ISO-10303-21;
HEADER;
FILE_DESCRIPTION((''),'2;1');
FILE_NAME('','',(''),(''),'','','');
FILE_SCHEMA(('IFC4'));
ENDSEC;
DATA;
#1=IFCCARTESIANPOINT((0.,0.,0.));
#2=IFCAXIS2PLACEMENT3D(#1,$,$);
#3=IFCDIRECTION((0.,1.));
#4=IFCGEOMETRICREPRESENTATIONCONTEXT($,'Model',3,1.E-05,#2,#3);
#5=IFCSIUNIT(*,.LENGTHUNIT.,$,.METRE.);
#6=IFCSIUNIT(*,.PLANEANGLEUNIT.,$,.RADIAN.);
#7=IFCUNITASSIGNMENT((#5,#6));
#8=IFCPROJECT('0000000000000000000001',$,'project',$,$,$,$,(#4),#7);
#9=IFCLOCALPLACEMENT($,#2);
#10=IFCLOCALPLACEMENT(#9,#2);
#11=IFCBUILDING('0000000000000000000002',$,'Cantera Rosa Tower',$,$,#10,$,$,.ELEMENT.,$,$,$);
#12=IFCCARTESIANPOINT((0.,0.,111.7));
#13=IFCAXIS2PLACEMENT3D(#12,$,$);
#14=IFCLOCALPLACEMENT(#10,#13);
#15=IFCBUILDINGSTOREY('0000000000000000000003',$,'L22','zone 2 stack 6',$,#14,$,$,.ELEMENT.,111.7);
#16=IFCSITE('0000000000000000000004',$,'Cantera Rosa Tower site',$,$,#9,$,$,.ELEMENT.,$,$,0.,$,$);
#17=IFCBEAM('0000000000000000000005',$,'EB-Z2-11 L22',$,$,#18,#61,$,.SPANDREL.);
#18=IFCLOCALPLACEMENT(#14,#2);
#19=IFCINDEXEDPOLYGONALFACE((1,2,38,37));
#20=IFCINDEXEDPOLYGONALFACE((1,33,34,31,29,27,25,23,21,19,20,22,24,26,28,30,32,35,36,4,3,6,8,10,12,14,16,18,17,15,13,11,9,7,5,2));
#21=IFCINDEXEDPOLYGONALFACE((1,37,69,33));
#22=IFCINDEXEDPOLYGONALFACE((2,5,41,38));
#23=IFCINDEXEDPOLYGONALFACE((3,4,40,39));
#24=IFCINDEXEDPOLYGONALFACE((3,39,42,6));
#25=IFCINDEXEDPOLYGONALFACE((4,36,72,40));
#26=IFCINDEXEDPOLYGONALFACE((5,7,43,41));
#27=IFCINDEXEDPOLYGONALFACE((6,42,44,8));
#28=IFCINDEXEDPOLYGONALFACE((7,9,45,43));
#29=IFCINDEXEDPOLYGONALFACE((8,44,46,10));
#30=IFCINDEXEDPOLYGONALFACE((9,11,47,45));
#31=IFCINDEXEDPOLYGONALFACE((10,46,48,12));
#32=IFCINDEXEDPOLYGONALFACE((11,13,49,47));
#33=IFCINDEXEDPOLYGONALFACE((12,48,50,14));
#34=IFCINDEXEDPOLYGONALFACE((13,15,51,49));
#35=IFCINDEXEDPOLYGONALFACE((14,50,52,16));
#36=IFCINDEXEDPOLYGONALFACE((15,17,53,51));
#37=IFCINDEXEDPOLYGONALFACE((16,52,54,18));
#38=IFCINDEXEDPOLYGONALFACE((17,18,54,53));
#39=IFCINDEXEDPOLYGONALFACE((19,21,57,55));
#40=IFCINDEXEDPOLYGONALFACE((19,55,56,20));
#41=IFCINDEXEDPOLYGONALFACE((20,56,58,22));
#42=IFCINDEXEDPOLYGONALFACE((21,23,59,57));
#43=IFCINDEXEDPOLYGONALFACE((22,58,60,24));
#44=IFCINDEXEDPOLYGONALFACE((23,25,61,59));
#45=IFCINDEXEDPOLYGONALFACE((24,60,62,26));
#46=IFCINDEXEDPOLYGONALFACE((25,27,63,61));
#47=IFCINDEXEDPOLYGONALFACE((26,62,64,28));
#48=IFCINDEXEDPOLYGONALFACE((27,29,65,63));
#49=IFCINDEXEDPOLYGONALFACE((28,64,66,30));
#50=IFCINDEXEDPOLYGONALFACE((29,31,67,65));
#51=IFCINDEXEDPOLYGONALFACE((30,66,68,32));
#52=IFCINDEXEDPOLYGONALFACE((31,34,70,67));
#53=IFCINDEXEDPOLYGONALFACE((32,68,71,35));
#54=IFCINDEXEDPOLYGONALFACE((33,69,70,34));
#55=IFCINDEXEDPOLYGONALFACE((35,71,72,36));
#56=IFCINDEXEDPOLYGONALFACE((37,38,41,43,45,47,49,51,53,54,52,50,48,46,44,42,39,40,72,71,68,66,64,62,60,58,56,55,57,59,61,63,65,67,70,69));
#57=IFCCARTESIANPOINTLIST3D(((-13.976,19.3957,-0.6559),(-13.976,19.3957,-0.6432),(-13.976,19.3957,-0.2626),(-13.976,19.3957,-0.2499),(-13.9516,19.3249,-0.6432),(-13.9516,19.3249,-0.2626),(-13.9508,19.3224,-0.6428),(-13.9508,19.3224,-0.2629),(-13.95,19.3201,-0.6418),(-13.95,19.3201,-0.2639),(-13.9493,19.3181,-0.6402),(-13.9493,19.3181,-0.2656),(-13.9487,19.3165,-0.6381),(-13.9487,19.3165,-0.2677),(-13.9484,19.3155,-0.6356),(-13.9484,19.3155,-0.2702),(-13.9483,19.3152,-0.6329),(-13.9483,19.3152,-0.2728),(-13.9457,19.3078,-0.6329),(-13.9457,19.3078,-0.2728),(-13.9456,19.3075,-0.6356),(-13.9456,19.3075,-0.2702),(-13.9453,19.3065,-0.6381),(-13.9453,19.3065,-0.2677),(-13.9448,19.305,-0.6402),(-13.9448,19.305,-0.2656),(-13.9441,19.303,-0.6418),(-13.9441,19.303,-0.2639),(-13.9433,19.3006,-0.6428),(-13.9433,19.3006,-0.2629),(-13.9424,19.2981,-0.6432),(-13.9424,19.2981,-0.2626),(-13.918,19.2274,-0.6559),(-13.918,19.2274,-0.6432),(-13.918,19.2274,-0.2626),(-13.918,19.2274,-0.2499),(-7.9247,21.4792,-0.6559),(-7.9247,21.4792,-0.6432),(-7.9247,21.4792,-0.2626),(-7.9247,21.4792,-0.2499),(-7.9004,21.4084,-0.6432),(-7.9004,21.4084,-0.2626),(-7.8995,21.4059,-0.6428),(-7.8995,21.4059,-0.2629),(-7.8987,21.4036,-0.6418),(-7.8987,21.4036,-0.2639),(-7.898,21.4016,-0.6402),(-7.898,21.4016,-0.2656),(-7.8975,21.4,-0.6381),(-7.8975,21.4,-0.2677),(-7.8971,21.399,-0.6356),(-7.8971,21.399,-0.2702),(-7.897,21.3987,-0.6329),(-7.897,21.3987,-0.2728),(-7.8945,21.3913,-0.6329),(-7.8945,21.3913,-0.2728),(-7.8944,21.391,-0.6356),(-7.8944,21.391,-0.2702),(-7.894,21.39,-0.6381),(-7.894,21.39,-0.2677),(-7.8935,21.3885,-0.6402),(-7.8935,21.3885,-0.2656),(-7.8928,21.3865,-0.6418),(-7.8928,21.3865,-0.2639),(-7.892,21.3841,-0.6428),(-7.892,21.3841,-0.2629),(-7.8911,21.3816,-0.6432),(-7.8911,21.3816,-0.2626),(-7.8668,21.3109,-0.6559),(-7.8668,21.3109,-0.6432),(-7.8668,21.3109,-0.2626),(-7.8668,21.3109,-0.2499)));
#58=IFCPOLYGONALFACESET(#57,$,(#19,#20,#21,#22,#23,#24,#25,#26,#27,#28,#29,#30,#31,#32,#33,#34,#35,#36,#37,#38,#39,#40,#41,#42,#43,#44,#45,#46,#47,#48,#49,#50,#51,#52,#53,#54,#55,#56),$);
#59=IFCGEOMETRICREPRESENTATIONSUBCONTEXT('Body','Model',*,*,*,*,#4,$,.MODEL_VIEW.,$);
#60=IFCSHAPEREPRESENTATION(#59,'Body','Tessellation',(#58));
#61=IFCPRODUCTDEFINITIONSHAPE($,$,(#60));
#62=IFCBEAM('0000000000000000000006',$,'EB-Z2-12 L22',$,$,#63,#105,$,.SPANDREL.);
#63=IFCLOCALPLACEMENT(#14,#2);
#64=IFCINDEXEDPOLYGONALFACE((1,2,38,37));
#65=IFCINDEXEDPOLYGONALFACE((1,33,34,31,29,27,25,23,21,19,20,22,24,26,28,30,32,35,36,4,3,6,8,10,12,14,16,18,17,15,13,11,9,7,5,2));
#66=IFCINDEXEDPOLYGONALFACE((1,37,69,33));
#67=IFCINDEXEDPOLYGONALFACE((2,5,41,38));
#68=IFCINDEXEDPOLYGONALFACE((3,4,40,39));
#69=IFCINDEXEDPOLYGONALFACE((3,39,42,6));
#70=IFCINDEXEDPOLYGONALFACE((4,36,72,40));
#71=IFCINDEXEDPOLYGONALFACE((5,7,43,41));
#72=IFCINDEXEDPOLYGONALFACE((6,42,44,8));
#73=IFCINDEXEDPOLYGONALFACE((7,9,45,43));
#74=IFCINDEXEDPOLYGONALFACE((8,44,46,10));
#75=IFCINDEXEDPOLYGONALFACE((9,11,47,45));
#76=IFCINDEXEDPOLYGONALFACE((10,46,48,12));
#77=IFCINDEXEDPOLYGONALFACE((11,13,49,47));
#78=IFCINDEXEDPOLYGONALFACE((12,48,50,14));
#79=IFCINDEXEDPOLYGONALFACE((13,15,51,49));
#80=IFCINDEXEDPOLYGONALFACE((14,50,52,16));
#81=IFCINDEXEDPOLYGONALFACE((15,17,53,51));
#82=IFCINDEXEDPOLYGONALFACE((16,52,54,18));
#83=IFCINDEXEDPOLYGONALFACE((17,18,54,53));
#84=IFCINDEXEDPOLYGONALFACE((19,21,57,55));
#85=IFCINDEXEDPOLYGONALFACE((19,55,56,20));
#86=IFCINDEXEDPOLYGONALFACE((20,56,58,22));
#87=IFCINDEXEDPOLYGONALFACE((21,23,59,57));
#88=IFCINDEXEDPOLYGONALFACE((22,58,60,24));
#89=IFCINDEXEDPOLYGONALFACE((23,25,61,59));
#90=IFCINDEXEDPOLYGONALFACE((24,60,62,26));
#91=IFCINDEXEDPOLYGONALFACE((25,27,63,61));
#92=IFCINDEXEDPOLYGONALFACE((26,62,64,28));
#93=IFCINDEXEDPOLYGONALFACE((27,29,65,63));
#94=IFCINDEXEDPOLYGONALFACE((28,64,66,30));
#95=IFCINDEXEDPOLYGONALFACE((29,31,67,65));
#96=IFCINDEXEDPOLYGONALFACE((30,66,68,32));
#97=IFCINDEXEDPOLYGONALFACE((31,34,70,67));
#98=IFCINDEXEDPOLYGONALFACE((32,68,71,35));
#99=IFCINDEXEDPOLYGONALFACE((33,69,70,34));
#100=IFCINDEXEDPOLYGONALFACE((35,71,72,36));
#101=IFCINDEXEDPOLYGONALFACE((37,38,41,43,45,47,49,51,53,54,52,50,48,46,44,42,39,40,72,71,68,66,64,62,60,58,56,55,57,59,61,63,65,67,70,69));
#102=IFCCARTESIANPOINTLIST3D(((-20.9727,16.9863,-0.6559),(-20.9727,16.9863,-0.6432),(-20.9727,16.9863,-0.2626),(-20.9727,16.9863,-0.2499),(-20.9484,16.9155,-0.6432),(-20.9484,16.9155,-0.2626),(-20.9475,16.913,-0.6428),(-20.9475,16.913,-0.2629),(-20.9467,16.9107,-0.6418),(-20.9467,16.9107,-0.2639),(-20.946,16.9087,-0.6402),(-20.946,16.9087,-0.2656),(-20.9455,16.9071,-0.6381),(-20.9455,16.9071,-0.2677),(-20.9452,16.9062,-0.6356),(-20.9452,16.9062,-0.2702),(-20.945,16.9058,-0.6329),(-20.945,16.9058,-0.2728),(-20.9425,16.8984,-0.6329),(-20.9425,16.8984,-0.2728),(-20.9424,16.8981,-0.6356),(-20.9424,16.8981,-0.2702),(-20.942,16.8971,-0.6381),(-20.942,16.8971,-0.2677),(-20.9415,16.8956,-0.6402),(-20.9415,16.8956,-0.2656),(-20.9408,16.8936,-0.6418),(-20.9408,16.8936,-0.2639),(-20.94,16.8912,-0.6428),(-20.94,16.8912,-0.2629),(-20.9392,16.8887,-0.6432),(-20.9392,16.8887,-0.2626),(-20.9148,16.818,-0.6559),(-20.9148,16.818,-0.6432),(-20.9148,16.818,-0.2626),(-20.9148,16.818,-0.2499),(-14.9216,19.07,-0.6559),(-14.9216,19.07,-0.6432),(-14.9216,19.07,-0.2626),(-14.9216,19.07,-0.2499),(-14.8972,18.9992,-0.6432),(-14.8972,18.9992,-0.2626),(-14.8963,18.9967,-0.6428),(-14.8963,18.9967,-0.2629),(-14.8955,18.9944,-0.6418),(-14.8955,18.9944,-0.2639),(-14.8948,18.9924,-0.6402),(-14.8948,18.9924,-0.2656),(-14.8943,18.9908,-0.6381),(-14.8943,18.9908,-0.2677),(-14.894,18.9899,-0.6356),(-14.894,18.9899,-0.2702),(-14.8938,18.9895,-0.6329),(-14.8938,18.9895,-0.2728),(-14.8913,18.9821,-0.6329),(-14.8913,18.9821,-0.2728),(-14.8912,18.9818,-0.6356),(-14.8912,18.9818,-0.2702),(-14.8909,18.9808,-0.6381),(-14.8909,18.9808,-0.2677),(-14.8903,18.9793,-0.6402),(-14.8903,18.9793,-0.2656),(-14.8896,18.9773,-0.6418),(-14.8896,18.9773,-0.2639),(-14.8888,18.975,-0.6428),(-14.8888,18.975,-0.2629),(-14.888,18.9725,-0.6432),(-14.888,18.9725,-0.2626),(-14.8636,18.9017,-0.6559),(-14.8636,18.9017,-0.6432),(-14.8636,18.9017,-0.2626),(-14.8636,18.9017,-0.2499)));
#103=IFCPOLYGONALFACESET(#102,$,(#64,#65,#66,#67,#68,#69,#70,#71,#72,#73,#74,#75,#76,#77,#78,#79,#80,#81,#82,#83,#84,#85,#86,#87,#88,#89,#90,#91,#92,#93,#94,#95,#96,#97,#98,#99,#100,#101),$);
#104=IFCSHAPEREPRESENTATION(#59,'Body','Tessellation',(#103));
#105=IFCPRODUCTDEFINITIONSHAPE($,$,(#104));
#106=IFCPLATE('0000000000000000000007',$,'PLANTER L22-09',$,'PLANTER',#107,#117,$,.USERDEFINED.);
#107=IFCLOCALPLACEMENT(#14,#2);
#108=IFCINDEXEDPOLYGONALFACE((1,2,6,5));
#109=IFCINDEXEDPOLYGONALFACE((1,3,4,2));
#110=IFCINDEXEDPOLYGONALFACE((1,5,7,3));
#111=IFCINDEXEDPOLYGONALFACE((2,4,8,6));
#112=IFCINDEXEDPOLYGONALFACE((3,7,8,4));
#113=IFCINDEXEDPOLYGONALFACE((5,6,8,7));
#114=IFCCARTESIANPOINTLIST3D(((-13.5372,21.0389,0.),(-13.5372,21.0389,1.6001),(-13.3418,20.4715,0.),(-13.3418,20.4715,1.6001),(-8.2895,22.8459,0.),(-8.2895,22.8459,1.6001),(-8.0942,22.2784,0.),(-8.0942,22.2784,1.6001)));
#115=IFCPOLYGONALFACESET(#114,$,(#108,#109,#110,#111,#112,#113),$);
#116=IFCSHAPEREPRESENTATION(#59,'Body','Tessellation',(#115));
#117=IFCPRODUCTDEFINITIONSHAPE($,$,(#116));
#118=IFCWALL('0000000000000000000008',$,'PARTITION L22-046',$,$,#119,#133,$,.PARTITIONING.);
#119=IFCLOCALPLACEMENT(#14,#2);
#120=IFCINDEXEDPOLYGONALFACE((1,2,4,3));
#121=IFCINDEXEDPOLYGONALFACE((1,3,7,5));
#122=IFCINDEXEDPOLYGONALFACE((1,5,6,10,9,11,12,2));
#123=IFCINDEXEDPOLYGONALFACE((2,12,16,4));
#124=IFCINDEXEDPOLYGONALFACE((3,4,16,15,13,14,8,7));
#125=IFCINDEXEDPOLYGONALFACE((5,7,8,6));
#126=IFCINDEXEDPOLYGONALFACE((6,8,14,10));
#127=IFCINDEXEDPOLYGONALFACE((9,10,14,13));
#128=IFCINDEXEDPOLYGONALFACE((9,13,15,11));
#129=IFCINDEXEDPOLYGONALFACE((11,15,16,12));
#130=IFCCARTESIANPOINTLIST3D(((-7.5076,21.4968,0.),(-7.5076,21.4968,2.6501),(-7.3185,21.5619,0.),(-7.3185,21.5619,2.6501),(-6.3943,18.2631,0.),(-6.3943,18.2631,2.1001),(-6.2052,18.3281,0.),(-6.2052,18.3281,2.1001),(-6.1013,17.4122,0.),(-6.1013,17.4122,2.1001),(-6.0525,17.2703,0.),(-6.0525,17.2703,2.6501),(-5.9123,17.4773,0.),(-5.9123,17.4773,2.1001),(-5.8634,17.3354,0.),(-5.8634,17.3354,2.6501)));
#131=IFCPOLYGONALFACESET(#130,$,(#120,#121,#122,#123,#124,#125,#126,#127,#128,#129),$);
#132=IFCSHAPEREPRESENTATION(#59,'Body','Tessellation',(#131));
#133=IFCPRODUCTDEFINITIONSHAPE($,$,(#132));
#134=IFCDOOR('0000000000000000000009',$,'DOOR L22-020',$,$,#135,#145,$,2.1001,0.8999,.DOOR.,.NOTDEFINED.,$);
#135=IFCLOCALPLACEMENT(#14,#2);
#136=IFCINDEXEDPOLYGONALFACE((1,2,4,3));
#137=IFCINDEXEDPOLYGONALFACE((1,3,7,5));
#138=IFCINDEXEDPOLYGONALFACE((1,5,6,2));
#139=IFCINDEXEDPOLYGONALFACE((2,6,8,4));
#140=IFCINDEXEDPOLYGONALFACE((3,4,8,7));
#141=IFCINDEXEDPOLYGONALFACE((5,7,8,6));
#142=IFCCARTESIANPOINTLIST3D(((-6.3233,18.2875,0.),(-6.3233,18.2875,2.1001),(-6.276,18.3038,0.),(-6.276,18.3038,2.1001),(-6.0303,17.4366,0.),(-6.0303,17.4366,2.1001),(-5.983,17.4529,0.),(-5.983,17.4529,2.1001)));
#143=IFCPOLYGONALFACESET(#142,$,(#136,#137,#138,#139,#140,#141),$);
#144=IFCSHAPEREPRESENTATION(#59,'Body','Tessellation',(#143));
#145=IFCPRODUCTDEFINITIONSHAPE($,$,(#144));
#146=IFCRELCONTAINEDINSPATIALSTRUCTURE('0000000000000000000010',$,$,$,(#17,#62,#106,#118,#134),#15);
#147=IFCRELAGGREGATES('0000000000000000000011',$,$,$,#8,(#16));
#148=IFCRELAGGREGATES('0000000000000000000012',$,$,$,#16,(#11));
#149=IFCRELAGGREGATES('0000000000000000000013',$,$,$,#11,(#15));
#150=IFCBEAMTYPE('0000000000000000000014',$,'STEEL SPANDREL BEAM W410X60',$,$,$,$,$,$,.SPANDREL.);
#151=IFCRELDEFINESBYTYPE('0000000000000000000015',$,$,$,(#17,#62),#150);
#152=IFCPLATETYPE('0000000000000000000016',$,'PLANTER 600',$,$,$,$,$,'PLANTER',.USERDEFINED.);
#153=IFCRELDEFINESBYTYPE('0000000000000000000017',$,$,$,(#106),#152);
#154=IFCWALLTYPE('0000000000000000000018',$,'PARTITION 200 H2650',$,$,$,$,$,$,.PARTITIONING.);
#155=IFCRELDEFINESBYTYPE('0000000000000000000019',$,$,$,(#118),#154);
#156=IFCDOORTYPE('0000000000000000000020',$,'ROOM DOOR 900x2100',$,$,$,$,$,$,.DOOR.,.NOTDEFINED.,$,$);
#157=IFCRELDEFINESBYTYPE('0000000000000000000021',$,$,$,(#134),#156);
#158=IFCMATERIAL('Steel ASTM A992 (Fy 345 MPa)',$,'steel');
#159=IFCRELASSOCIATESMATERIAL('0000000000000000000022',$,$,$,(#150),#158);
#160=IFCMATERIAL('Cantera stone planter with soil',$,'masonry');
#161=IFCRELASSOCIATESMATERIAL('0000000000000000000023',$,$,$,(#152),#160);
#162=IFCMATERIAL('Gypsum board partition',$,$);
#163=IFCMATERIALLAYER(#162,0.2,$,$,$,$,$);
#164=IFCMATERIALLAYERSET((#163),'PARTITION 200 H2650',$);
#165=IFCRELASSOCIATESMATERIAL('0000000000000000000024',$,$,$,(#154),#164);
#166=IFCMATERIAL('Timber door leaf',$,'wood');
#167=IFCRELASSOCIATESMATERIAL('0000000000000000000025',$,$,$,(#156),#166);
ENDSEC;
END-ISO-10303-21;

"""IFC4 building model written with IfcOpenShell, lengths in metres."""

from ifc_helpers import new_model, si_unit, direction, frame, frame_2d, origin, origin_2d, place, context, subcontext, project, spatial, rectangle, i_section, extrude, material, layer, layer_set, material_profile, profile_set, type_object, element, fill, save


model = new_model("IFC4")

# Units and contexts
model_context = context("Model", 3, precision=1e-05, world=origin(), true_north=direction((0.0, 1.0)))
body_context = subcontext(model_context, "Body", "Model", "MODEL_VIEW")
ifc_project = project(units=[si_unit("LENGTHUNIT", "METRE"), si_unit("PLANEANGLEUNIT", "RADIAN")], contexts=[model_context])

# Site, building, storey
site_placement = place(None, origin())
site = spatial("IfcSite", under=ifc_project, at=site_placement, Name="Cantera Rosa Tower site", CompositionType="ELEMENT", RefElevation=0.0)
building_placement = place(site_placement, origin())
building = spatial("IfcBuilding", under=site, at=building_placement, Name="Cantera Rosa Tower", CompositionType="ELEMENT")
storey_placement = place(building_placement, frame((0.0, 0.0, 111.7)))
storey = spatial("IfcBuildingStorey", under=building, at=storey_placement, Name="L22", Description="zone 2 stack 6", CompositionType="ELEMENT", Elevation=111.7)

# Beams
ifc_material_1 = material(Name="Steel ASTM A992 (Fy 345 MPa)", Category="steel")
ifc_material_profile_1 = material_profile(ifc_material_1, i_section(OverallWidth=0.178, OverallDepth=0.406, WebThickness=0.0078, FlangeThickness=0.0127, FilletRadius=0.0103, at=origin_2d()), Name="W410X60")
ifc_profile_set_1 = profile_set([ifc_material_profile_1], Name="Steel ASTM A992 (Fy 345 MPa)")
beam_type_1 = type_object("IfcBeamType", Name="STEEL SPANDREL BEAM W410X60", PredefinedType="SPANDREL", material=ifc_profile_set_1)
for number, where, z_axis, x_axis, name in (
    (1, (-7.8958, 21.395, -0.4529), (-0.945524, -0.325551, 0.0), (0.325551, -0.945524, 0.0), "EB-Z2-11 L22"),
    (2, (-14.8926, 18.9858, -0.4529), (-0.945513, -0.325585, 0.0), (0.325585, -0.945513, 0.0), "EB-Z2-12 L22"),
):
    element("IfcBeam", number, at=place(storey_placement, frame(where, z_axis=z_axis, x_axis=x_axis)), inside=storey, type_object=beam_type_1, Name=name, PredefinedType="SPANDREL", context=body_context, shape_type="SweptSolid", body=[
        extrude(i_section(OverallWidth=0.178, OverallDepth=0.406, WebThickness=0.0078, FlangeThickness=0.0127, FilletRadius=0.0103, at=origin_2d()), origin(), (0.0, 0.0, 1.0), 6.3999),
    ])

# Plate
ifc_material_2 = material(Name="Cantera stone planter with soil", Category="masonry")
plate_type = type_object("IfcPlateType", Name="PLANTER 600", ElementType="PLANTER", PredefinedType="USERDEFINED", material=ifc_material_2)
plate_placement = place(storey_placement, frame((-10.8157, 21.6587, 0.0), z_axis=(0.0, 0.0, 1.0), x_axis=(-0.945519, -0.325568, 0.0)))
element("IfcPlate", 3, at=plate_placement, inside=storey, type_object=plate_type, Name="PLANTER L22-09", ObjectType="PLANTER", PredefinedType="USERDEFINED", context=body_context, shape_type="SweptSolid", body=[
    extrude(rectangle(XDim=5.55, YDim=0.6001, at=origin_2d()), origin(), (0.0, 0.0, 1.0), 1.6001),
])

# Wall, opening, door
ifc_material_3 = material(Name="Gypsum board partition")
ifc_layer_1 = layer(ifc_material_3, 0.2)
ifc_layer_set_1 = layer_set([ifc_layer_1], Name="PARTITION 200 H2650")
wall_type_1 = type_object("IfcWallType", Name="PARTITION 200 H2650", PredefinedType="PARTITIONING", material=ifc_layer_set_1)
wall_1_placement = place(storey_placement, frame((-5.958, 17.303, 0.0), z_axis=(0.0, 0.0, 1.0), x_axis=(-0.325519, 0.945535, 0.0)))
wall_1 = element("IfcWall", 4, at=wall_1_placement, inside=storey, type_object=wall_type_1, Name="PARTITION L22-046", PredefinedType="PARTITIONING", context=body_context, shape_type="SweptSolid", body=[
    extrude(rectangle(XDim=4.47, YDim=0.2, at=frame_2d((2.2349, 0.0))), origin(), (0.0, 0.0, 1.0), 2.6501),
])
opening_1_placement = place(wall_1_placement, frame((0.1499, 0.0, 0.0)))
opening_1 = element("IfcOpeningElement", 5, at=opening_1_placement, cuts=wall_1, PredefinedType="OPENING", context=body_context, shape_type="SweptSolid", body=[
    extrude(rectangle(XDim=0.8999, YDim=2.1001, at=frame_2d((0.45, 1.05))), frame((0.0, 0.1099, 0.0), z_axis=(0.0, -1.0, 0.0), x_axis=(1.0, 0.0, 0.0)), (0.0, 0.0, 1.0), 0.22),
])
ifc_material_4 = material(Name="Timber door leaf", Category="wood")
door_type_1 = type_object("IfcDoorType", Name="ROOM DOOR 900x2100", OperationType="NOTDEFINED", PredefinedType="DOOR", material=ifc_material_4)
door_1_placement = place(opening_1_placement, origin())
door_1 = element("IfcDoor", 6, at=door_1_placement, inside=storey, type_object=door_type_1, Name="DOOR L22-020", OperationType="NOTDEFINED", OverallHeight=2.1001, OverallWidth=0.8999, PredefinedType="DOOR", context=body_context, shape_type="SweptSolid", body=[
    extrude(rectangle(XDim=0.8999, YDim=2.1001, at=frame_2d((0.45, 1.05))), frame((0.0, 0.0249, 0.0), z_axis=(0.0, -1.0, 0.0), x_axis=(1.0, 0.0, 0.0)), (0.0, 0.0, 1.0), 0.05),
])
fill(opening_1, door_1)

save(model, "model.ifc")
